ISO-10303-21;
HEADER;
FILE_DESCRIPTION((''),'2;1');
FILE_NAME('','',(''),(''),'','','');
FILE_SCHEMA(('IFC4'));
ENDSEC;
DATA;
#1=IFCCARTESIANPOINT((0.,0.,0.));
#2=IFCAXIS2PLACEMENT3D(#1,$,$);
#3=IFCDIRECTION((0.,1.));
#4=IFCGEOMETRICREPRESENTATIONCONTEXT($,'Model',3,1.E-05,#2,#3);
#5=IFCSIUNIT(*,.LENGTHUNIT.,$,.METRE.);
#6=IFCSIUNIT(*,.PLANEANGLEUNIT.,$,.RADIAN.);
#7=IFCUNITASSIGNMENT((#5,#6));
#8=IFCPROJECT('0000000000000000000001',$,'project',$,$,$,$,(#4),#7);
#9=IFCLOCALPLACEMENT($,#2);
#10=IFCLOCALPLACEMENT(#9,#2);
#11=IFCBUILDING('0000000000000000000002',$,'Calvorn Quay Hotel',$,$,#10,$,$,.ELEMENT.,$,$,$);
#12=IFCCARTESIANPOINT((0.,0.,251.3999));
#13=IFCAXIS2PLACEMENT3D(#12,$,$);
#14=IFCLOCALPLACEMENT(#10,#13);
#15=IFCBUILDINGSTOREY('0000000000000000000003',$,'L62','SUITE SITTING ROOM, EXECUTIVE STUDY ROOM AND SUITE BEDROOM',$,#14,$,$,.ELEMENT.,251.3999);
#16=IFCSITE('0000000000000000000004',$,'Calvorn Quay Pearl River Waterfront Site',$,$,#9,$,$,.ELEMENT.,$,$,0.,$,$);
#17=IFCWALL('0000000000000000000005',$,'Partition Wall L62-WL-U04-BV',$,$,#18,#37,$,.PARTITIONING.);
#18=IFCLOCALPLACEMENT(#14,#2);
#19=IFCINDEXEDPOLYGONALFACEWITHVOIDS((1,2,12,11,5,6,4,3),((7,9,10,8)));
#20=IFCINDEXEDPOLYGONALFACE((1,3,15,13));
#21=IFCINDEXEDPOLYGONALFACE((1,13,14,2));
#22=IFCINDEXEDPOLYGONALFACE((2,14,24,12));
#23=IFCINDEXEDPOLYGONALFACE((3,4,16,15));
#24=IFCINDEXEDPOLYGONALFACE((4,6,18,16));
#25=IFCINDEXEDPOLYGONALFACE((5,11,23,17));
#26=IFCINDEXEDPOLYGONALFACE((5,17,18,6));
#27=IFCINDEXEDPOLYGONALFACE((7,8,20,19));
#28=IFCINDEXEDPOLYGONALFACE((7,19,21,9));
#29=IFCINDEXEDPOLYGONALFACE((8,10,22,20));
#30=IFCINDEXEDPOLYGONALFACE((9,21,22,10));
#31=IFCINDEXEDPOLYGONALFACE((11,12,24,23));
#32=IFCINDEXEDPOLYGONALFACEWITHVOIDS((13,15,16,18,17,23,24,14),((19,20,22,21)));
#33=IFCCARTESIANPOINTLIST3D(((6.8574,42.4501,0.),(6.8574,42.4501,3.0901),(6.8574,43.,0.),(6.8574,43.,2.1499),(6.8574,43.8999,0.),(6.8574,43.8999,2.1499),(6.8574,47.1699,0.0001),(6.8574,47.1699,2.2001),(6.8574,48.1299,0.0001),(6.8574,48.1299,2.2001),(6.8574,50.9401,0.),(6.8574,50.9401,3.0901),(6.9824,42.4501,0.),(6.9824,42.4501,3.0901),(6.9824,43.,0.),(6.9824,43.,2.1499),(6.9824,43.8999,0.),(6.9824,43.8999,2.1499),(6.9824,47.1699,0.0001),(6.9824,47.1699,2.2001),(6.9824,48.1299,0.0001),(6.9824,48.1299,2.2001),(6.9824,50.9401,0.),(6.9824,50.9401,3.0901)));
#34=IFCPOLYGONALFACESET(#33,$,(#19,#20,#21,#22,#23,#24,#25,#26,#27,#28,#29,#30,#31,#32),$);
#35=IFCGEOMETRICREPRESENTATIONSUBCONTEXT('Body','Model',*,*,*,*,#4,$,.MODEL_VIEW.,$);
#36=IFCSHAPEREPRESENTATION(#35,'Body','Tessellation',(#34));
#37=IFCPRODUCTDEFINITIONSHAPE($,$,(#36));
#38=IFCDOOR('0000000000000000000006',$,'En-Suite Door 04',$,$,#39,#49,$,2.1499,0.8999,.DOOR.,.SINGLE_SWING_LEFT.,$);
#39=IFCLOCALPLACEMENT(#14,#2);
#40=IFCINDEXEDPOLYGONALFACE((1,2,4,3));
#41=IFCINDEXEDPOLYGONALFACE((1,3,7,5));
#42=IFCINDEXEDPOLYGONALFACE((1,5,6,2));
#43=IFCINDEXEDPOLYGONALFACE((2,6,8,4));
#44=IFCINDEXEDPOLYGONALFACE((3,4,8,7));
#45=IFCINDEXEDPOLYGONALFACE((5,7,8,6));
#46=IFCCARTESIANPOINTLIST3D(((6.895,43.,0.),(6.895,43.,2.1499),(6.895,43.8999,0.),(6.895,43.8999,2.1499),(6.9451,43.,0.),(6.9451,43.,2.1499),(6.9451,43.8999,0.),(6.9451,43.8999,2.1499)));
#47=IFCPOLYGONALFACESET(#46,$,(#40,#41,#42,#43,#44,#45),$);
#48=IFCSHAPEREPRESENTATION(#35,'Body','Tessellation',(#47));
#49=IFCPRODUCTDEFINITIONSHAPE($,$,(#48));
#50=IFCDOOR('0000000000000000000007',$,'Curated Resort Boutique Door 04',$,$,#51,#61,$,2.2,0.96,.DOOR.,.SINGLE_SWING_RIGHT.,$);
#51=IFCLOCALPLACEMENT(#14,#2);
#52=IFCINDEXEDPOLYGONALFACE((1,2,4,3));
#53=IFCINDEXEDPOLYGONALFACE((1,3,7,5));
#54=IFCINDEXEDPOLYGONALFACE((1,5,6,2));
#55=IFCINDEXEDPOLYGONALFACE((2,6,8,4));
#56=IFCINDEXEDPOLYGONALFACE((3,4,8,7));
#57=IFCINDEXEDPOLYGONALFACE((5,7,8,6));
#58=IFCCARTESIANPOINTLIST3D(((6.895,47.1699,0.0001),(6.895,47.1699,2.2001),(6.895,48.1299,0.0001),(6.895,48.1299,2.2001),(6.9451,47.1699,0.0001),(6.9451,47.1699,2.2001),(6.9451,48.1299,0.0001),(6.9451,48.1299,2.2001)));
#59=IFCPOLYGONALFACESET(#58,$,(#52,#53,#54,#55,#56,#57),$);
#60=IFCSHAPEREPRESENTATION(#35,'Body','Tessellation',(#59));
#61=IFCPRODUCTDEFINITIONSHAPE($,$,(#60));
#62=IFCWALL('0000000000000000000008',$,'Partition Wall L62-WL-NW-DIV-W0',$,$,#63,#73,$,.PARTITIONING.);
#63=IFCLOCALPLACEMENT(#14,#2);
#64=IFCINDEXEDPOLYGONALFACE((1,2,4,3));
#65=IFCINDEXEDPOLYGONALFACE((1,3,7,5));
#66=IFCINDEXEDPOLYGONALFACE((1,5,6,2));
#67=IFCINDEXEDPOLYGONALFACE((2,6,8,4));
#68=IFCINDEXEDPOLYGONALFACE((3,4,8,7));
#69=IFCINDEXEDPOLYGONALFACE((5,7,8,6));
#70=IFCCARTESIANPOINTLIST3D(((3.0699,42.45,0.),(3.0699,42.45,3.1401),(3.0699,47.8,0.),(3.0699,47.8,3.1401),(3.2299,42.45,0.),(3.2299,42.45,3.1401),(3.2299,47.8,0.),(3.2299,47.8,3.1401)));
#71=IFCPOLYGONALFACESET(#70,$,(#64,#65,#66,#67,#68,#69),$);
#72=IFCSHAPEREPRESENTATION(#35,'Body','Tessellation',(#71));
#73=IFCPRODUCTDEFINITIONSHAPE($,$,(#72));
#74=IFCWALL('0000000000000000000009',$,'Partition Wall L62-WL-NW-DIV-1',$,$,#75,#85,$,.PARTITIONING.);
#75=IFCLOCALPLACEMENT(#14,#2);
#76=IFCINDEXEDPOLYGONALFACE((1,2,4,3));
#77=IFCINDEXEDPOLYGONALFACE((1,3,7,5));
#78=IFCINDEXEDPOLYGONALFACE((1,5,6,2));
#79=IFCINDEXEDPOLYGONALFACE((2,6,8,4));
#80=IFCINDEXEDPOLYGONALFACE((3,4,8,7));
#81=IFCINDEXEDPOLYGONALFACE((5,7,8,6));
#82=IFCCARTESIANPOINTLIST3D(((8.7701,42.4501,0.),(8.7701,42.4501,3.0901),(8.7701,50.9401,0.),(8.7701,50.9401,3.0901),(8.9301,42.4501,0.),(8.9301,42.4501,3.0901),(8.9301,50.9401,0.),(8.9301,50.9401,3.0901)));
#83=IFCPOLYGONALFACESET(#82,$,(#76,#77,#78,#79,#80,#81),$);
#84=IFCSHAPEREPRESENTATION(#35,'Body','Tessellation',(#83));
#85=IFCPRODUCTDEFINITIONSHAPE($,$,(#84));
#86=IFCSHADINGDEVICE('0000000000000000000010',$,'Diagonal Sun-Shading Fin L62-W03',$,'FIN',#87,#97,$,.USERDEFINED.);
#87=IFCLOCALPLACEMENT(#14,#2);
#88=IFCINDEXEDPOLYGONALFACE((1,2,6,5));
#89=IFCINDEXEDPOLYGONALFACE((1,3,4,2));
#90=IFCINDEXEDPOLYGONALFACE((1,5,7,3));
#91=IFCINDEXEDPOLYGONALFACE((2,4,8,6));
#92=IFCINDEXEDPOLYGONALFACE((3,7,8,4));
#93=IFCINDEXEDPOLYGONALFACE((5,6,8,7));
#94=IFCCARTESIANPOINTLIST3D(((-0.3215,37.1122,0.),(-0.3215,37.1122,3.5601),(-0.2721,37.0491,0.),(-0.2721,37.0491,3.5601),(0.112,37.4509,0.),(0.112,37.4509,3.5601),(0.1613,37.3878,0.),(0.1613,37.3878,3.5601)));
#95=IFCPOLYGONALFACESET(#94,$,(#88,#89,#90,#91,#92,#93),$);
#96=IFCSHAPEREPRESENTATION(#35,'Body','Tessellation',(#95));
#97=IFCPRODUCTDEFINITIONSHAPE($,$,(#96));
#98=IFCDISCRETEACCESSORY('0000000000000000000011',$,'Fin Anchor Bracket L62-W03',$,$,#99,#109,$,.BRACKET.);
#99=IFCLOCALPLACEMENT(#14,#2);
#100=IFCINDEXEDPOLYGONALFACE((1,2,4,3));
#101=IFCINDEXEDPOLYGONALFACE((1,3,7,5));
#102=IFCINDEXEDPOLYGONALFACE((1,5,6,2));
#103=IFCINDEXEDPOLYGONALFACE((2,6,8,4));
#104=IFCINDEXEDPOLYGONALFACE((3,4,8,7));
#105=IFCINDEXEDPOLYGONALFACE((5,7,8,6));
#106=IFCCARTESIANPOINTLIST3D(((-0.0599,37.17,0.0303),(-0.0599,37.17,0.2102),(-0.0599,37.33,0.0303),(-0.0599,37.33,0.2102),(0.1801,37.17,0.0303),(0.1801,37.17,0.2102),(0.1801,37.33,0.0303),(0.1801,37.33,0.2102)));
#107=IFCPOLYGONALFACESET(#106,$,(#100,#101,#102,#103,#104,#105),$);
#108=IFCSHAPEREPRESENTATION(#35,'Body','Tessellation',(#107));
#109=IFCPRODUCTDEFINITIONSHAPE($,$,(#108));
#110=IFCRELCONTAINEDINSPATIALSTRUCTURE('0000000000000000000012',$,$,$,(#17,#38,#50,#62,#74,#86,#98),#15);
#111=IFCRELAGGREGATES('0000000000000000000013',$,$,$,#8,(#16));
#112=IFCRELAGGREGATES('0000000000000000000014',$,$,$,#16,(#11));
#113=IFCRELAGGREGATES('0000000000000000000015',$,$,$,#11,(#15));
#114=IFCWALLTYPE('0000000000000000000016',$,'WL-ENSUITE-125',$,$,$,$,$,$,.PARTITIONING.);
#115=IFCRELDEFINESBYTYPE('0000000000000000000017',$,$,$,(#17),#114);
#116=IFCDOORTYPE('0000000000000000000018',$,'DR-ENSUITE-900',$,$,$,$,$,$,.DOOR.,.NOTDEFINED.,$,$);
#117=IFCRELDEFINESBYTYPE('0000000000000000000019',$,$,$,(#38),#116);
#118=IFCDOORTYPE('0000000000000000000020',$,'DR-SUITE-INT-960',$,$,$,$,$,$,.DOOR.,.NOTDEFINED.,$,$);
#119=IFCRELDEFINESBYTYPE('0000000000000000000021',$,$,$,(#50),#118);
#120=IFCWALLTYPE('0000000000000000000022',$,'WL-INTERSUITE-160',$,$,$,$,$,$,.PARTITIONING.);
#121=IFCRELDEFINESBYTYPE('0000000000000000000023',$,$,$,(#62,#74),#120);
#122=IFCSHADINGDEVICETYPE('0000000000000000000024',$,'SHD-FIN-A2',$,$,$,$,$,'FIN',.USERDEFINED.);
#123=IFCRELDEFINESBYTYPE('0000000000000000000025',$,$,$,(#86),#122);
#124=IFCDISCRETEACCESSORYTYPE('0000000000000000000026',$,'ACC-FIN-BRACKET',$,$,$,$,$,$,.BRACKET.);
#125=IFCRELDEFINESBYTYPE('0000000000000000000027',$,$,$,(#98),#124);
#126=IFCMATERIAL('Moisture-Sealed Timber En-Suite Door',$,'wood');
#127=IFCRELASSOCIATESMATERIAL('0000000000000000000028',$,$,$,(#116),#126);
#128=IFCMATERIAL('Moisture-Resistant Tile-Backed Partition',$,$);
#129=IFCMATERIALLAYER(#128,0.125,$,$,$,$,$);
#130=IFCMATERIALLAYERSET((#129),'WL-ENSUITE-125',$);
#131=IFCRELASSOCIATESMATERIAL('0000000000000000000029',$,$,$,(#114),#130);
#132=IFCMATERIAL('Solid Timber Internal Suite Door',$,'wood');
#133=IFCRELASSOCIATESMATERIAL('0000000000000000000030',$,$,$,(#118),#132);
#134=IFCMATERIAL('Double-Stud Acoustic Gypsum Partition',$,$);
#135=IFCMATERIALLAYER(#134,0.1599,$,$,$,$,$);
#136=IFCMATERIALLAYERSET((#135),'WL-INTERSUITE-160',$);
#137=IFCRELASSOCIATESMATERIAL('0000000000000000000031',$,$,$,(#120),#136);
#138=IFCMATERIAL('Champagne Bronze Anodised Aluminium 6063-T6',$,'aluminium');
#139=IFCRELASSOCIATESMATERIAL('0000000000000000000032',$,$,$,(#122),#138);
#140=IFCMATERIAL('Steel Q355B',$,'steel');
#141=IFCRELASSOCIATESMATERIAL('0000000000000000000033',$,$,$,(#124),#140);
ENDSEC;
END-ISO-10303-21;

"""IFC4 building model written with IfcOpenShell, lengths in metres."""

from ifc_helpers import new_model, si_unit, direction, frame, frame_2d, origin, origin_2d, place, context, subcontext, project, spatial, rectangle, extrude, material, layer, layer_set, type_object, element, fill, save


model = new_model("IFC4")

# Units and contexts
model_context = context("Model", 3, precision=1e-05, world=origin(), true_north=direction((0.0, 1.0)))
body_context = subcontext(model_context, "Body", "Model", "MODEL_VIEW")
ifc_project = project(units=[si_unit("LENGTHUNIT", "METRE"), si_unit("PLANEANGLEUNIT", "RADIAN")], contexts=[model_context])

# Site, building, storey
site_placement = place(None, origin())
site = spatial("IfcSite", under=ifc_project, at=site_placement, Name="Calvorn Quay Pearl River Waterfront Site", CompositionType="ELEMENT", RefElevation=0.0)
building_placement = place(site_placement, origin())
building = spatial("IfcBuilding", under=site, at=building_placement, Name="Calvorn Quay Hotel", CompositionType="ELEMENT")
storey_placement = place(building_placement, frame((0.0, 0.0, 251.3999)))
storey = spatial("IfcBuildingStorey", under=building, at=storey_placement, Name="L62", Description="SUITE SITTING ROOM, EXECUTIVE STUDY ROOM AND SUITE BEDROOM", CompositionType="ELEMENT", Elevation=251.3999)

# Shared definitions
ifc_material_1 = material(Name="Moisture-Sealed Timber En-Suite Door", Category="wood")
door_type_1 = type_object("IfcDoorType", Name="DR-ENSUITE-900", OperationType="NOTDEFINED", PredefinedType="DOOR", material=ifc_material_1)

# Wall, openings, doors
ifc_material_2 = material(Name="Moisture-Resistant Tile-Backed Partition")
ifc_layer_1 = layer(ifc_material_2, 0.125)
ifc_layer_set_1 = layer_set([ifc_layer_1], Name="WL-ENSUITE-125")
wall_type_1 = type_object("IfcWallType", Name="WL-ENSUITE-125", PredefinedType="PARTITIONING", material=ifc_layer_set_1)
wall_1_placement = place(storey_placement, frame((6.9199, 42.45, 0.0), z_axis=(0.0, 0.0, 1.0), x_axis=(0.0, 1.0, 0.0)))
wall_1 = element("IfcWall", 1, at=wall_1_placement, inside=storey, type_object=wall_type_1, Name="Partition Wall L62-WL-U04-BV", PredefinedType="PARTITIONING", context=body_context, shape_type="SweptSolid", body=[
    extrude(rectangle(XDim=8.49, YDim=0.125, at=frame_2d((4.2451, 0.0))), origin(), (0.0, 0.0, 1.0), 3.0901),
])
opening_1_placement = place(wall_1_placement, frame((0.55, 0.0, 0.0)))
opening_1 = element("IfcOpeningElement", 2, at=opening_1_placement, cuts=wall_1, PredefinedType="OPENING", context=body_context, shape_type="SweptSolid", body=[
    extrude(rectangle(XDim=0.8999, YDim=2.1499, at=frame_2d((0.45, 1.075))), frame((0.0, 0.0725, 0.0), z_axis=(0.0, -1.0, 0.0), x_axis=(1.0, 0.0, 0.0)), (0.0, 0.0, 1.0), 0.145),
])
opening_2_placement = place(wall_1_placement, frame((4.72, 0.0, 0.0)))
opening_2 = element("IfcOpeningElement", 3, at=opening_2_placement, cuts=wall_1, PredefinedType="OPENING", context=body_context, shape_type="SweptSolid", body=[
    extrude(rectangle(XDim=0.96, YDim=2.2, at=frame_2d((0.48, 1.1001))), frame((0.0, 0.0725, 0.0), z_axis=(0.0, -1.0, 0.0), x_axis=(1.0, 0.0, 0.0)), (0.0, 0.0, 1.0), 0.145),
])
door_1_placement = place(opening_1_placement, origin())
door_1 = element("IfcDoor", 4, at=door_1_placement, inside=storey, type_object=door_type_1, Name="En-Suite Door 04", OperationType="SINGLE_SWING_LEFT", OverallHeight=2.1499, OverallWidth=0.8999, PredefinedType="DOOR", context=body_context, shape_type="SweptSolid", body=[
    extrude(rectangle(XDim=0.8999, YDim=2.1499, at=frame_2d((0.45, 1.075))), frame((0.0, 0.0249, 0.0), z_axis=(0.0, -1.0, 0.0), x_axis=(1.0, 0.0, 0.0)), (0.0, 0.0, 1.0), 0.05),
])
fill(opening_1, door_1)
ifc_material_3 = material(Name="Solid Timber Internal Suite Door", Category="wood")
door_type_2 = type_object("IfcDoorType", Name="DR-SUITE-INT-960", OperationType="NOTDEFINED", PredefinedType="DOOR", material=ifc_material_3)
door_2_placement = place(opening_2_placement, origin())
door_2 = element("IfcDoor", 5, at=door_2_placement, inside=storey, type_object=door_type_2, Name="Curated Resort Boutique Door 04", OperationType="SINGLE_SWING_RIGHT", OverallHeight=2.2, OverallWidth=0.96, PredefinedType="DOOR", context=body_context, shape_type="SweptSolid", body=[
    extrude(rectangle(XDim=0.96, YDim=2.2, at=frame_2d((0.48, 1.1001))), frame((0.0, 0.0249, 0.0), z_axis=(0.0, -1.0, 0.0), x_axis=(1.0, 0.0, 0.0)), (0.0, 0.0, 1.0), 0.05),
])
fill(opening_2, door_2)

# Walls
ifc_material_4 = material(Name="Double-Stud Acoustic Gypsum Partition")
ifc_layer_2 = layer(ifc_material_4, 0.1599)
ifc_layer_set_2 = layer_set([ifc_layer_2], Name="WL-INTERSUITE-160")
wall_type_2 = type_object("IfcWallType", Name="WL-INTERSUITE-160", PredefinedType="PARTITIONING", material=ifc_layer_set_2)
wall_2_placement = place(storey_placement, frame((3.1499, 42.45, 0.0), z_axis=(0.0, 0.0, 1.0), x_axis=(0.0, 1.0, 0.0)))
element("IfcWall", 6, at=wall_2_placement, inside=storey, type_object=wall_type_2, Name="Partition Wall L62-WL-NW-DIV-W0", PredefinedType="PARTITIONING", context=body_context, shape_type="SweptSolid", body=[
    extrude(rectangle(XDim=5.3501, YDim=0.1599, at=frame_2d((2.675, 0.0))), origin(), (0.0, 0.0, 1.0), 3.1401),
])
wall_3_placement = place(storey_placement, frame((8.8501, 42.45, 0.0), z_axis=(0.0, 0.0, 1.0), x_axis=(0.0, 1.0, 0.0)))
element("IfcWall", 7, at=wall_3_placement, inside=storey, type_object=wall_type_2, Name="Partition Wall L62-WL-NW-DIV-1", PredefinedType="PARTITIONING", context=body_context, shape_type="SweptSolid", body=[
    extrude(rectangle(XDim=8.49, YDim=0.1599, at=frame_2d((4.2451, 0.0))), origin(), (0.0, 0.0, 1.0), 3.0901),
])

# Shading device
ifc_material_5 = material(Name="Champagne Bronze Anodised Aluminium 6063-T6", Category="aluminium")
shading_device_type = type_object("IfcShadingDeviceType", Name="SHD-FIN-A2", ElementType="FIN", PredefinedType="USERDEFINED", material=ifc_material_5)
shading_device_placement = place(storey_placement, frame((-0.0801, 37.25, 0.0), z_axis=(0.0, 0.0, 1.0), x_axis=(0.788011, 0.615661, 0.0)))
element("IfcShadingDevice", 8, at=shading_device_placement, inside=storey, type_object=shading_device_type, Name="Diagonal Sun-Shading Fin L62-W03", ObjectType="FIN", PredefinedType="USERDEFINED", context=body_context, shape_type="SweptSolid", body=[
    extrude(rectangle(XDim=0.55, YDim=0.0801, at=origin_2d()), origin(), (0.0, 0.0, 1.0), 3.5601),
])

# Discrete accessory
ifc_material_6 = material(Name="Steel Q355B", Category="steel")
discrete_accessory_type = type_object("IfcDiscreteAccessoryType", Name="ACC-FIN-BRACKET", PredefinedType="BRACKET", material=ifc_material_6)
discrete_accessory_placement = place(storey_placement, frame((0.0601, 37.25, 0.0303), z_axis=(0.0, 0.0, 1.0), x_axis=(1.0, 0.0, 0.0)))
element("IfcDiscreteAccessory", 9, at=discrete_accessory_placement, inside=storey, type_object=discrete_accessory_type, Name="Fin Anchor Bracket L62-W03", PredefinedType="BRACKET", context=body_context, shape_type="SweptSolid", body=[
    extrude(rectangle(XDim=0.24, YDim=0.1599, at=origin_2d()), origin(), (0.0, 0.0, 1.0), 0.1799),
])

save(model, "model.ifc")
